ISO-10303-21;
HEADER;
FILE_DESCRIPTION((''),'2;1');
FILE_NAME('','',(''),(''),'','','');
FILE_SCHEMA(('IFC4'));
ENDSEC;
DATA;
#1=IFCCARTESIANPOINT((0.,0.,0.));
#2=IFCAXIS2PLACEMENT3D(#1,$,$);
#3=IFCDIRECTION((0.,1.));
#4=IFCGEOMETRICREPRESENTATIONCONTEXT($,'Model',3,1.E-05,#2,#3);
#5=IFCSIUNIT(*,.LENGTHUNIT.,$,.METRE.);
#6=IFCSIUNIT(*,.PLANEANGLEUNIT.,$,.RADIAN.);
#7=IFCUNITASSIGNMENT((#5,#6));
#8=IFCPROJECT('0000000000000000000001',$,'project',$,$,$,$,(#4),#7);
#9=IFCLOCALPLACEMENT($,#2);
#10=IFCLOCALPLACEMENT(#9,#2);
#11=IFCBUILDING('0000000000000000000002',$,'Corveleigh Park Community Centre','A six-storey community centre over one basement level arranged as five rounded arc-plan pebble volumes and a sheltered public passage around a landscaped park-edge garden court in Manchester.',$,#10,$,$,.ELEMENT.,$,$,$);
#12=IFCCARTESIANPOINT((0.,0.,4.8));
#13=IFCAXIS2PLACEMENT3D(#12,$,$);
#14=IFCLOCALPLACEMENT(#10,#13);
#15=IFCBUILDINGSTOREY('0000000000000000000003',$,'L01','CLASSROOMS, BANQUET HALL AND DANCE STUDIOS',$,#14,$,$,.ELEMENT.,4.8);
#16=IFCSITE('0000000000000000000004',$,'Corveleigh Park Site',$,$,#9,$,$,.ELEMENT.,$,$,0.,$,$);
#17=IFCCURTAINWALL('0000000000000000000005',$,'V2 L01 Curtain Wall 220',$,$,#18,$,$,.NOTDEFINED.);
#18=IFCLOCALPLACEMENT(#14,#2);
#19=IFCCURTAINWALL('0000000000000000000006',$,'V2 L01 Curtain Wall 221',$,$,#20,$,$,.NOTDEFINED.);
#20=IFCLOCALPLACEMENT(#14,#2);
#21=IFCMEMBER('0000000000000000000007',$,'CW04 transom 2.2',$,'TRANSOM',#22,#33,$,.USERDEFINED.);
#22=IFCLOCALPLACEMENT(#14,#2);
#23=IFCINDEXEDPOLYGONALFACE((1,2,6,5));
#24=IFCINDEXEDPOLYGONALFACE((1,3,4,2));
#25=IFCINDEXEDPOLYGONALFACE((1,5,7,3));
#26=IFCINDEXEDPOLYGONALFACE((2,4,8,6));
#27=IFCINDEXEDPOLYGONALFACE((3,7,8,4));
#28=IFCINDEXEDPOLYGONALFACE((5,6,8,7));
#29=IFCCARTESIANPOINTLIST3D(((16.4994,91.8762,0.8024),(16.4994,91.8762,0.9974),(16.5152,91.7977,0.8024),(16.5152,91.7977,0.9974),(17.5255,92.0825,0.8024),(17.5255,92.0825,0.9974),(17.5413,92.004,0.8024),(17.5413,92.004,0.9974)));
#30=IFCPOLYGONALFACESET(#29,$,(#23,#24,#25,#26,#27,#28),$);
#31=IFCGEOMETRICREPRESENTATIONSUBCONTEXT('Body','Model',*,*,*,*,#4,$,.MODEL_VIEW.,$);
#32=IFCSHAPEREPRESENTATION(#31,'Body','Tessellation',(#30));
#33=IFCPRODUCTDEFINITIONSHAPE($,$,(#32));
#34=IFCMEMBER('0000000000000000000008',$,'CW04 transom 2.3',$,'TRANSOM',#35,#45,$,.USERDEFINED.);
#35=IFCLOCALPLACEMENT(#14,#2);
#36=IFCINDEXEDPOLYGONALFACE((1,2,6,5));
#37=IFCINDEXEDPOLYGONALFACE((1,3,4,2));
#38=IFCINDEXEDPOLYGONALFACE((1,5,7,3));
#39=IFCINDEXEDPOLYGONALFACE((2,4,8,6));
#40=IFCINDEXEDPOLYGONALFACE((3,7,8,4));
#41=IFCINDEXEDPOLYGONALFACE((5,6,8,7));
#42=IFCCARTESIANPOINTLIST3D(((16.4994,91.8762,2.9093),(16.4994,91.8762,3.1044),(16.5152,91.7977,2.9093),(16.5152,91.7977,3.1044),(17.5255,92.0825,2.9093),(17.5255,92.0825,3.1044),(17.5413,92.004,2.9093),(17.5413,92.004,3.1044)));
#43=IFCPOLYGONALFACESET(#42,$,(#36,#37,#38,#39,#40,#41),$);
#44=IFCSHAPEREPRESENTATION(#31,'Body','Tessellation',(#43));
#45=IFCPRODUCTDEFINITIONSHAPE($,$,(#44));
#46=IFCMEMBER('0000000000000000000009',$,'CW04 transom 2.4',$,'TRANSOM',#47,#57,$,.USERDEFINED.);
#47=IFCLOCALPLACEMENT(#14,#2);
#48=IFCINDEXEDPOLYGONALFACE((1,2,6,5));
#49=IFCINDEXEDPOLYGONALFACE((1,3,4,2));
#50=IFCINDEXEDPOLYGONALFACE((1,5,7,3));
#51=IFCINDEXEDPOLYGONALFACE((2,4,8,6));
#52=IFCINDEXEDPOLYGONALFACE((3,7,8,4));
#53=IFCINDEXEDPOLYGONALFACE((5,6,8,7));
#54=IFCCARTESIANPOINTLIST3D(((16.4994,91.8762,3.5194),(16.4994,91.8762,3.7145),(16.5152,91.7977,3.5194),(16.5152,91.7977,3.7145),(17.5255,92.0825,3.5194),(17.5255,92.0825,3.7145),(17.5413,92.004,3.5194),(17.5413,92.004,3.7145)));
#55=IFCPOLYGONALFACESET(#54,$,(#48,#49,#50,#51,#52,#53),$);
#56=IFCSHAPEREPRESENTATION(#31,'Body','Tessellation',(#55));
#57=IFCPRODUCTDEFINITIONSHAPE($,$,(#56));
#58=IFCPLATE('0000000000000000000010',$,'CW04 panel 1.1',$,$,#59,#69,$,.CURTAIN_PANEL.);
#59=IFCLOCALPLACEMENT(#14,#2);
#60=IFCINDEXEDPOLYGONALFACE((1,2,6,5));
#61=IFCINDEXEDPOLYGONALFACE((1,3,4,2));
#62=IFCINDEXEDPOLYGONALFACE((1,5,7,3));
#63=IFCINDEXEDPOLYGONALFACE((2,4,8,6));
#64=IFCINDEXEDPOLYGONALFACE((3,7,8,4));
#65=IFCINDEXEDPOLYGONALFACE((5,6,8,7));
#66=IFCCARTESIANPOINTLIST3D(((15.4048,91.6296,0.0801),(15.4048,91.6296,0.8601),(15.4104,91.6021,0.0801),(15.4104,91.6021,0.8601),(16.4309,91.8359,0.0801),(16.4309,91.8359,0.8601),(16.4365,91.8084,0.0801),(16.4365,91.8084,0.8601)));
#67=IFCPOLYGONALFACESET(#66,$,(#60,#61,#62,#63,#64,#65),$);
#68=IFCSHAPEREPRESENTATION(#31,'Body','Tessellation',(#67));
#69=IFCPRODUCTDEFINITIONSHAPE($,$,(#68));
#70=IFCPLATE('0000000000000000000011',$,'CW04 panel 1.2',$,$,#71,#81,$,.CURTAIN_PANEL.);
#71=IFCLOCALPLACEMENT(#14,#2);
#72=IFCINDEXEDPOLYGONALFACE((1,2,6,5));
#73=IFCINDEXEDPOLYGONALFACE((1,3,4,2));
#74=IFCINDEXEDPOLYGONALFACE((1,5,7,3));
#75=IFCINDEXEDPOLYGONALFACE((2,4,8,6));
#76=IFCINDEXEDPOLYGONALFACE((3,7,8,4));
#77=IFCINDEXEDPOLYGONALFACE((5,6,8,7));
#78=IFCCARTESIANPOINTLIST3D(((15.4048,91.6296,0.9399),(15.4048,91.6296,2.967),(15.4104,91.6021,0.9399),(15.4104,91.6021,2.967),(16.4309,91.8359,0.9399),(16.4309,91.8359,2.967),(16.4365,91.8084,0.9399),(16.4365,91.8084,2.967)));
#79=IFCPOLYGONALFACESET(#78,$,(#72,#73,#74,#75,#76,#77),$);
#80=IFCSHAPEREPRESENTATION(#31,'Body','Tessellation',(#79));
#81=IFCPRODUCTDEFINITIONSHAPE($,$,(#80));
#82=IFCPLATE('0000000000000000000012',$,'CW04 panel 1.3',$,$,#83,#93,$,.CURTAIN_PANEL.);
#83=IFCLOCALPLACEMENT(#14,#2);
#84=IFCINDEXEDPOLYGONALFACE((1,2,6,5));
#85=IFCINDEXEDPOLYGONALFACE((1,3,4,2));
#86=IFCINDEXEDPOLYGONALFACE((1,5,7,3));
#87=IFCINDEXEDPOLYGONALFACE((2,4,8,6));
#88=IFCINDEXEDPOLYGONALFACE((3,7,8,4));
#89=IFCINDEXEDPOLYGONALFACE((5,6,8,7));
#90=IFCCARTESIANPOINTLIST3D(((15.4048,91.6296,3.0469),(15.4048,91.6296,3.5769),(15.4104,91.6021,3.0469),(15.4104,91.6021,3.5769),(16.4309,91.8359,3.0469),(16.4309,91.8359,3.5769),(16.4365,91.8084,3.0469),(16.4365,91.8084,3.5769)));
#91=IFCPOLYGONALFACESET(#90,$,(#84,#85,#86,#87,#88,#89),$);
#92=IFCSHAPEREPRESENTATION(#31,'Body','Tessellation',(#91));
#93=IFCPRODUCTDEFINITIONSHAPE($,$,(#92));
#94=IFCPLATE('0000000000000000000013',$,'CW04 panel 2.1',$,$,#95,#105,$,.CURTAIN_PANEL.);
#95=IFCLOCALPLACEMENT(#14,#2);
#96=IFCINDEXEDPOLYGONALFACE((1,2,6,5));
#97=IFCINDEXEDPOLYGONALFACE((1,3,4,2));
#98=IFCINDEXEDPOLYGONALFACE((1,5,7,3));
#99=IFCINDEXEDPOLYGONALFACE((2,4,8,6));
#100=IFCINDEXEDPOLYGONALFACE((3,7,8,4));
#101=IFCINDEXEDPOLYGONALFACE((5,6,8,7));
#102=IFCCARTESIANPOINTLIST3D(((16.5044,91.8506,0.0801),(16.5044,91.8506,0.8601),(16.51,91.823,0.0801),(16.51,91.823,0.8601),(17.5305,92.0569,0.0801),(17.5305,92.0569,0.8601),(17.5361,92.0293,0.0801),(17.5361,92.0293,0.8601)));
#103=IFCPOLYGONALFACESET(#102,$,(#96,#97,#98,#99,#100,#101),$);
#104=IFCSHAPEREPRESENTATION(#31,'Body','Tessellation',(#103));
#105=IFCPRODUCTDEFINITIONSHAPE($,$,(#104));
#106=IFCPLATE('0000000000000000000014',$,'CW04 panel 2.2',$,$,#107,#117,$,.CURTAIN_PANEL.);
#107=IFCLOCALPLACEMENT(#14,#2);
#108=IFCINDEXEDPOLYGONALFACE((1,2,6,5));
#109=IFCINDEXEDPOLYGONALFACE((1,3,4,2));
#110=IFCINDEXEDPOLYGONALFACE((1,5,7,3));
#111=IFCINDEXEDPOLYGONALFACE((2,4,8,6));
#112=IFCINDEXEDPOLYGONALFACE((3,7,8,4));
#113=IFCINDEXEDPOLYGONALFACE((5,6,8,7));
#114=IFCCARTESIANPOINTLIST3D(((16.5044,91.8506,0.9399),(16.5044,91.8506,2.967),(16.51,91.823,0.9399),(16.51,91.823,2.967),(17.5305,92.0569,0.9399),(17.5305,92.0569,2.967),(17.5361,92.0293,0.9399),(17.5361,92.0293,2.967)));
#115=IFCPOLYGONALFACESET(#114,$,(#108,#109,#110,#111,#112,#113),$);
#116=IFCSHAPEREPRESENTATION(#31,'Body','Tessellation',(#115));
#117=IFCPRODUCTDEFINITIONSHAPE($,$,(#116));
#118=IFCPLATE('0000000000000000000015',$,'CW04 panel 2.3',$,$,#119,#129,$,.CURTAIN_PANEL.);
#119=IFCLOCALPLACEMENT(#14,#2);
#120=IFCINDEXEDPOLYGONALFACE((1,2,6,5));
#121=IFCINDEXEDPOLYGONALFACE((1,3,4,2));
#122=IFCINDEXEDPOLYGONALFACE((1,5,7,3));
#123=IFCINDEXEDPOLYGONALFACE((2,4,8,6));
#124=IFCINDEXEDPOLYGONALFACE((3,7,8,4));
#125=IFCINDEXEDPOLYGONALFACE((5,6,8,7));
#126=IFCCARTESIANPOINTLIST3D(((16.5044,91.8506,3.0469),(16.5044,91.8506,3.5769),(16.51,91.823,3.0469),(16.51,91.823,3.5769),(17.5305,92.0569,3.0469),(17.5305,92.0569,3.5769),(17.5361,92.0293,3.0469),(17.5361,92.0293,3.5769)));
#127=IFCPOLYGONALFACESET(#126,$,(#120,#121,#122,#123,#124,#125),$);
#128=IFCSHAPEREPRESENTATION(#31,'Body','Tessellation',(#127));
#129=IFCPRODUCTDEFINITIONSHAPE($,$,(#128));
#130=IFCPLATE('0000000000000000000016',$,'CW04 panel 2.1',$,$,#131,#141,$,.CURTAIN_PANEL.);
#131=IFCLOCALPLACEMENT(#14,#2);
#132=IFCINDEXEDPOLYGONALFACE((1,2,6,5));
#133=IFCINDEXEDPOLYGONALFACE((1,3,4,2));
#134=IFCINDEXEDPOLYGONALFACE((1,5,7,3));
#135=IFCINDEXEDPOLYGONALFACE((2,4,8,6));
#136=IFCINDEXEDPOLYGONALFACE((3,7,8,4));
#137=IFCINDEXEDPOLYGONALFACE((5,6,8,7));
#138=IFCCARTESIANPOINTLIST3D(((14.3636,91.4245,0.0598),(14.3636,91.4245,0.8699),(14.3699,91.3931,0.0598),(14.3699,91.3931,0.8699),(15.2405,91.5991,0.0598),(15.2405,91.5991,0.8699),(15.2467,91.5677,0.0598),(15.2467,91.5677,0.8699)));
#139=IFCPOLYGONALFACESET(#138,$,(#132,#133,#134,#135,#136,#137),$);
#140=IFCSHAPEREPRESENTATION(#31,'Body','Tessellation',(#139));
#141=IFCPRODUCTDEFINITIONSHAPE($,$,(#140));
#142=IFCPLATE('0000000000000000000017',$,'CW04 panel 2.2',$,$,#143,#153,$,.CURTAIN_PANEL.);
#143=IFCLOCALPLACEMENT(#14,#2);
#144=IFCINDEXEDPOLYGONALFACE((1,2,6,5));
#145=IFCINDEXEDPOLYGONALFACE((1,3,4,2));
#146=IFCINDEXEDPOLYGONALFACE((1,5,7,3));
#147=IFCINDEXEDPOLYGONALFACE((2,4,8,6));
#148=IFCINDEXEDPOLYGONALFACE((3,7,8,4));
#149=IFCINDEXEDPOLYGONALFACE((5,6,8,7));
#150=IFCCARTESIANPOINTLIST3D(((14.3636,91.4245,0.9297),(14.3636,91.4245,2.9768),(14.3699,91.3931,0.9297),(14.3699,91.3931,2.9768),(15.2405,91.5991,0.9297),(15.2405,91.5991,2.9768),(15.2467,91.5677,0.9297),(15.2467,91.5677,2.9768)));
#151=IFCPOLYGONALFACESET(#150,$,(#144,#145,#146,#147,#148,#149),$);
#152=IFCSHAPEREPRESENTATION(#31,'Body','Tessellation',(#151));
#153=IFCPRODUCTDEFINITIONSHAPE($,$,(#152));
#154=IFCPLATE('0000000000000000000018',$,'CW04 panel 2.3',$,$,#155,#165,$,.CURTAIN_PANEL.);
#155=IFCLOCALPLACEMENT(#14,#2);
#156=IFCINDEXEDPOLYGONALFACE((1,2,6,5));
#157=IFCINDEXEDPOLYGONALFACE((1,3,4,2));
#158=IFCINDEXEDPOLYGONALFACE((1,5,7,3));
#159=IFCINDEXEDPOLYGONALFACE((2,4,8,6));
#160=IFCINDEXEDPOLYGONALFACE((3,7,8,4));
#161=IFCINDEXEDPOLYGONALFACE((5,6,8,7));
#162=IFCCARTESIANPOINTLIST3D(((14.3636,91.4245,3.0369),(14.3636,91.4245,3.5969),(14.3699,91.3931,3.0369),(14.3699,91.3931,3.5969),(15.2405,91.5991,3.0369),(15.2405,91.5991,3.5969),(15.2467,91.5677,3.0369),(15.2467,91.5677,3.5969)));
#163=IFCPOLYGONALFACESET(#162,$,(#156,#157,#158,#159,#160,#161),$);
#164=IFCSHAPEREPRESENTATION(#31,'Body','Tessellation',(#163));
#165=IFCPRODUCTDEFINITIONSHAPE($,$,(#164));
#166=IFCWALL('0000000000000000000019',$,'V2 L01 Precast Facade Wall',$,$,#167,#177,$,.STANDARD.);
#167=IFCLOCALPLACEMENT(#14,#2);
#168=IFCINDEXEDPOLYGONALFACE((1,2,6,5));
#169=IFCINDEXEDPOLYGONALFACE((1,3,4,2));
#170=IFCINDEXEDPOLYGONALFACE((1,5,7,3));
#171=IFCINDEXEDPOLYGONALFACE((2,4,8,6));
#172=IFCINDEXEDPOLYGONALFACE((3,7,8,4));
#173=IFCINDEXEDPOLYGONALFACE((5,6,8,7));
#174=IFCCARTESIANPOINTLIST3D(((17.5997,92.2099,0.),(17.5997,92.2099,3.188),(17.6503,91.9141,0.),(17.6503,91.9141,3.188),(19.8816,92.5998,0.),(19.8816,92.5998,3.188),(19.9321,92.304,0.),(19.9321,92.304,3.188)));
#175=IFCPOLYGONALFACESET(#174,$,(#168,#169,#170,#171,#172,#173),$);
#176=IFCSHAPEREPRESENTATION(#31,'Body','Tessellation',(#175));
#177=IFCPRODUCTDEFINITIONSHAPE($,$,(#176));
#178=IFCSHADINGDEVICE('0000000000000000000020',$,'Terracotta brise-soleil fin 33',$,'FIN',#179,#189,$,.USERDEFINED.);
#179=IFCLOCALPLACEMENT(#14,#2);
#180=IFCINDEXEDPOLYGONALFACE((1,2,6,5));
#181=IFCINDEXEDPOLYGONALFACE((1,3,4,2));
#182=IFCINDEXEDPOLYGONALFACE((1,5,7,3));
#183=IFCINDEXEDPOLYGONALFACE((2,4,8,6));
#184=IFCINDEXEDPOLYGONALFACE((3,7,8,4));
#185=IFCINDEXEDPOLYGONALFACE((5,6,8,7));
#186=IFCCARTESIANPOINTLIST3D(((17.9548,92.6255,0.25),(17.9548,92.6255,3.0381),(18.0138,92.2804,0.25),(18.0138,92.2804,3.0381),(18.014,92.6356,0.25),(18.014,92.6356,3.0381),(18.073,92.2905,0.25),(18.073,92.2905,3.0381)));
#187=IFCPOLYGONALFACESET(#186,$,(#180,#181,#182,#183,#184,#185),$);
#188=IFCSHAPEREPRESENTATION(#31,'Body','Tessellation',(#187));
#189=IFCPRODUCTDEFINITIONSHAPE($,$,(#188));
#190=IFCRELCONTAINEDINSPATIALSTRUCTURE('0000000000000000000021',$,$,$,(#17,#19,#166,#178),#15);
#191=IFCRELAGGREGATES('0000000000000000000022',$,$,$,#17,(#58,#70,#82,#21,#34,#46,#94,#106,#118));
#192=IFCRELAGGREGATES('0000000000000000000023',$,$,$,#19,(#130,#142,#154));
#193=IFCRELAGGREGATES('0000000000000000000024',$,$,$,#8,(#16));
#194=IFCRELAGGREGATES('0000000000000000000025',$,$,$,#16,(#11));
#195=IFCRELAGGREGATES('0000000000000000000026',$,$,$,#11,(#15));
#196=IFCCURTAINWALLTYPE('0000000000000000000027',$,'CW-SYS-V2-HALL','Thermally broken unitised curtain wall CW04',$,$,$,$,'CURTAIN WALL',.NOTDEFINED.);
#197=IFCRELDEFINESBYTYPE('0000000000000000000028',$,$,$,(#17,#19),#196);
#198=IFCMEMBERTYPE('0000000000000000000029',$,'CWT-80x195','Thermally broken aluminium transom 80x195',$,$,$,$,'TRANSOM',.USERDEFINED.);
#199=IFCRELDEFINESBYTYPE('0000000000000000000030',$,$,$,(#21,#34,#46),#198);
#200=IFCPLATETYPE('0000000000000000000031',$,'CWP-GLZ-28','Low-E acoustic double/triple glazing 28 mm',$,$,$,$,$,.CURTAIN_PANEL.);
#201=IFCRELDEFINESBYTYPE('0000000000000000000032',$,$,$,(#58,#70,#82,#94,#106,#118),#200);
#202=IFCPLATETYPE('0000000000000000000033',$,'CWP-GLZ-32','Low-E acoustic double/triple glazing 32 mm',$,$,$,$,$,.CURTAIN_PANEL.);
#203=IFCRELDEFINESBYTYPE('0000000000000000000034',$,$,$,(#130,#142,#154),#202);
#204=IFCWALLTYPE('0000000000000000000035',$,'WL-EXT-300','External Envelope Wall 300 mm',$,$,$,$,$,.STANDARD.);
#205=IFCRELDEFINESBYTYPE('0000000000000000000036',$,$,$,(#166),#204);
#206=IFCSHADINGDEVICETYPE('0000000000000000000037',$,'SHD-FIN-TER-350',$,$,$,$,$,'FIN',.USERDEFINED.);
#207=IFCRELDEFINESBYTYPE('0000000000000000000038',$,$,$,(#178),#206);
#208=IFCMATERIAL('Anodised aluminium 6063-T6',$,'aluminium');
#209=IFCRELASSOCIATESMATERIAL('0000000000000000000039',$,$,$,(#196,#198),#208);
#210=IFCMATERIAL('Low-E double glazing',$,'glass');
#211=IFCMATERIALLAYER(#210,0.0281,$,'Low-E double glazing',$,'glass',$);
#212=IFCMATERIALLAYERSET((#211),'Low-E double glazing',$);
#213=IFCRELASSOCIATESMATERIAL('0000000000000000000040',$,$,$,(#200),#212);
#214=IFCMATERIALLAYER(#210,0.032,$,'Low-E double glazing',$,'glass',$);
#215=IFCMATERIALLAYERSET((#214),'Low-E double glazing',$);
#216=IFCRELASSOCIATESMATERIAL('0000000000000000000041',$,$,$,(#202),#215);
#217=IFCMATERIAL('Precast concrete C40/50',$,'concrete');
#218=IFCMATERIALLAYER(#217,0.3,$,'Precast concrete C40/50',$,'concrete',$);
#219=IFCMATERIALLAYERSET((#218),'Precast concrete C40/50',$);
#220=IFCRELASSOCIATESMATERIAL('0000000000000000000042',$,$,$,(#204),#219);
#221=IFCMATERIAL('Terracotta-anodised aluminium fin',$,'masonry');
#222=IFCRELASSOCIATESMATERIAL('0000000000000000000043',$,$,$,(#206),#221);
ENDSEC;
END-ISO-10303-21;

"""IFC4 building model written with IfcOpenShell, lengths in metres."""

from ifc_helpers import new_model, si_unit, direction, frame, frame_2d, origin, origin_2d, place, context, subcontext, project, spatial, rectangle, extrude, material, layer, layer_set, material_profile, profile_set, type_object, element, aggregate, save


model = new_model("IFC4")

# Units and contexts
model_context = context("Model", 3, precision=1e-05, world=origin(), true_north=direction((0.0, 1.0)))
body_context = subcontext(model_context, "Body", "Model", "MODEL_VIEW")
ifc_project = project(units=[si_unit("LENGTHUNIT", "METRE"), si_unit("PLANEANGLEUNIT", "RADIAN")], contexts=[model_context])

# Site, building, storey
site_placement = place(None, origin())
site = spatial("IfcSite", under=ifc_project, at=site_placement, Name="Corveleigh Park Site", CompositionType="ELEMENT", RefElevation=0.0)
building_placement = place(site_placement, origin())
building = spatial("IfcBuilding", under=site, at=building_placement, Name="Corveleigh Park Community Centre", Description="A six-storey community centre over one basement level arranged as five rounded arc-plan pebble volumes and a sheltered public passage around a landscaped park-edge garden court in Manchester.", CompositionType="ELEMENT")
storey_placement = place(building_placement, frame((0.0, 0.0, 4.8)))
storey = spatial("IfcBuildingStorey", under=building, at=storey_placement, Name="L01", Description="CLASSROOMS, BANQUET HALL AND DANCE STUDIOS", CompositionType="ELEMENT", Elevation=4.8)

# Curtain walls
ifc_material_1 = material(Name="Anodised aluminium 6063-T6", Category="aluminium")
curtain_wall_type = type_object("IfcCurtainWallType", Name="CW-SYS-V2-HALL", Description="Thermally broken unitised curtain wall CW04", ElementType="CURTAIN WALL", PredefinedType="NOTDEFINED", material=ifc_material_1)
curtain_wall_1_placement = place(storey_placement, origin())
curtain_wall_1 = element("IfcCurtainWall", 1, at=curtain_wall_1_placement, inside=storey, type_object=curtain_wall_type, Name="V2 L01 Curtain Wall 220", PredefinedType="NOTDEFINED")
curtain_wall_2_placement = place(storey_placement, origin())
curtain_wall_2 = element("IfcCurtainWall", 2, at=curtain_wall_2_placement, inside=storey, type_object=curtain_wall_type, Name="V2 L01 Curtain Wall 221", PredefinedType="NOTDEFINED")

# Members
ifc_material_profile_1 = material_profile(ifc_material_1, rectangle(XDim=0.0801, YDim=0.1951, at=origin_2d()), Name="ALU-T80x195", Category="aluminium")
ifc_profile_set_1 = profile_set([ifc_material_profile_1], Name="Anodised aluminium 6063-T6")
member_type_1 = type_object("IfcMemberType", Name="CWT-80x195", Description="Thermally broken aluminium transom 80x195", ElementType="TRANSOM", PredefinedType="USERDEFINED", material=ifc_profile_set_1)
member_1_placement = place(storey_placement, frame((16.5073, 91.8369, 0.8999), z_axis=(0.980383, 0.197103, 0.0), x_axis=(-0.197103, 0.980383, 0.0)))
member_1 = element("IfcMember", 3, at=member_1_placement, type_object=member_type_1, Name="CW04 transom 2.2", ObjectType="TRANSOM", PredefinedType="USERDEFINED", context=body_context, shape_type="SweptSolid", body=[
    extrude(rectangle(XDim=0.0801, YDim=0.1951, at=origin_2d()), origin(), (0.0, 0.0, 1.0), 1.0466),
])
member_2_placement = place(storey_placement, frame((16.5073, 91.8369, 3.0068), z_axis=(0.980383, 0.197103, 0.0), x_axis=(-0.197103, 0.980383, 0.0)))
member_2 = element("IfcMember", 4, at=member_2_placement, type_object=member_type_1, Name="CW04 transom 2.3", ObjectType="TRANSOM", PredefinedType="USERDEFINED", context=body_context, shape_type="SweptSolid", body=[
    extrude(rectangle(XDim=0.0801, YDim=0.1951, at=origin_2d()), origin(), (0.0, 0.0, 1.0), 1.0466),
])
member_3_placement = place(storey_placement, frame((16.5073, 91.8369, 3.6169), z_axis=(0.980383, 0.197103, 0.0), x_axis=(-0.197103, 0.980383, 0.0)))
member_3 = element("IfcMember", 5, at=member_3_placement, type_object=member_type_1, Name="CW04 transom 2.4", ObjectType="TRANSOM", PredefinedType="USERDEFINED", context=body_context, shape_type="SweptSolid", body=[
    extrude(rectangle(XDim=0.0801, YDim=0.1951, at=origin_2d()), origin(), (0.0, 0.0, 1.0), 1.0466),
])

# Plates
ifc_material_2 = material(Name="Low-E double glazing", Category="glass")
ifc_layer_1 = layer(ifc_material_2, 0.0281, Name="Low-E double glazing", Category="glass")
ifc_layer_set_1 = layer_set([ifc_layer_1], Name="Low-E double glazing")
plate_type_1 = type_object("IfcPlateType", Name="CWP-GLZ-28", Description="Low-E acoustic double/triple glazing 28 mm", PredefinedType="CURTAIN_PANEL", material=ifc_layer_set_1)
plate_1_placement = place(storey_placement, frame((15.9207, 91.719, 0.0801), z_axis=(0.0, 0.0, 1.0), x_axis=(0.980381, 0.197111, 0.0)))
plate_1 = element("IfcPlate", 6, at=plate_1_placement, type_object=plate_type_1, Name="CW04 panel 1.1", PredefinedType="CURTAIN_PANEL", context=body_context, shape_type="SweptSolid", body=[
    extrude(rectangle(XDim=1.0466, YDim=0.0281, at=origin_2d()), origin(), (0.0, 0.0, 1.0), 0.78),
])
plate_2_placement = place(storey_placement, frame((15.9207, 91.719, 0.9399), z_axis=(0.0, 0.0, 1.0), x_axis=(0.980381, 0.197111, 0.0)))
plate_2 = element("IfcPlate", 7, at=plate_2_placement, type_object=plate_type_1, Name="CW04 panel 1.2", PredefinedType="CURTAIN_PANEL", context=body_context, shape_type="SweptSolid", body=[
    extrude(rectangle(XDim=1.0466, YDim=0.0281, at=origin_2d()), origin(), (0.0, 0.0, 1.0), 2.0271),
])
plate_3_placement = place(storey_placement, frame((15.9207, 91.719, 3.0469), z_axis=(0.0, 0.0, 1.0), x_axis=(0.980381, 0.197111, 0.0)))
plate_3 = element("IfcPlate", 8, at=plate_3_placement, type_object=plate_type_1, Name="CW04 panel 1.3", PredefinedType="CURTAIN_PANEL", context=body_context, shape_type="SweptSolid", body=[
    extrude(rectangle(XDim=1.0466, YDim=0.0281, at=origin_2d()), origin(), (0.0, 0.0, 1.0), 0.53),
])
plate_4_placement = place(storey_placement, frame((17.0203, 91.9399, 0.0801), z_axis=(0.0, 0.0, 1.0), x_axis=(0.980381, 0.197111, 0.0)))
plate_4 = element("IfcPlate", 9, at=plate_4_placement, type_object=plate_type_1, Name="CW04 panel 2.1", PredefinedType="CURTAIN_PANEL", context=body_context, shape_type="SweptSolid", body=[
    extrude(rectangle(XDim=1.0466, YDim=0.0281, at=origin_2d()), origin(), (0.0, 0.0, 1.0), 0.78),
])
plate_5_placement = place(storey_placement, frame((17.0203, 91.9399, 0.9399), z_axis=(0.0, 0.0, 1.0), x_axis=(0.980381, 0.197111, 0.0)))
plate_5 = element("IfcPlate", 10, at=plate_5_placement, type_object=plate_type_1, Name="CW04 panel 2.2", PredefinedType="CURTAIN_PANEL", context=body_context, shape_type="SweptSolid", body=[
    extrude(rectangle(XDim=1.0466, YDim=0.0281, at=origin_2d()), origin(), (0.0, 0.0, 1.0), 2.0271),
])
plate_6_placement = place(storey_placement, frame((17.0203, 91.9399, 3.0469), z_axis=(0.0, 0.0, 1.0), x_axis=(0.980381, 0.197111, 0.0)))
plate_6 = element("IfcPlate", 11, at=plate_6_placement, type_object=plate_type_1, Name="CW04 panel 2.3", PredefinedType="CURTAIN_PANEL", context=body_context, shape_type="SweptSolid", body=[
    extrude(rectangle(XDim=1.0466, YDim=0.0281, at=origin_2d()), origin(), (0.0, 0.0, 1.0), 0.53),
])
aggregate(curtain_wall_1, [plate_1, plate_2, plate_3, member_1, member_2, member_3, plate_4, plate_5, plate_6])
ifc_layer_2 = layer(ifc_material_2, 0.032, Name="Low-E double glazing", Category="glass")
ifc_layer_set_2 = layer_set([ifc_layer_2], Name="Low-E double glazing")
plate_type_2 = type_object("IfcPlateType", Name="CWP-GLZ-32", Description="Low-E acoustic double/triple glazing 32 mm", PredefinedType="CURTAIN_PANEL", material=ifc_layer_set_2)
plate_7_placement = place(storey_placement, frame((14.8052, 91.4961, 0.0598), z_axis=(0.0, 0.0, 1.0), x_axis=(0.980751, 0.195263, 0.0)))
plate_7 = element("IfcPlate", 12, at=plate_7_placement, type_object=plate_type_2, Name="CW04 panel 2.1", PredefinedType="CURTAIN_PANEL", context=body_context, shape_type="SweptSolid", body=[
    extrude(rectangle(XDim=0.894, YDim=0.032, at=origin_2d()), origin(), (0.0, 0.0, 1.0), 0.8101),
])
plate_8_placement = place(storey_placement, frame((14.8052, 91.4961, 0.9297), z_axis=(0.0, 0.0, 1.0), x_axis=(0.980751, 0.195263, 0.0)))
plate_8 = element("IfcPlate", 13, at=plate_8_placement, type_object=plate_type_2, Name="CW04 panel 2.2", PredefinedType="CURTAIN_PANEL", context=body_context, shape_type="SweptSolid", body=[
    extrude(rectangle(XDim=0.894, YDim=0.032, at=origin_2d()), origin(), (0.0, 0.0, 1.0), 2.0471),
])
plate_9_placement = place(storey_placement, frame((14.8052, 91.4961, 3.0369), z_axis=(0.0, 0.0, 1.0), x_axis=(0.980751, 0.195263, 0.0)))
plate_9 = element("IfcPlate", 14, at=plate_9_placement, type_object=plate_type_2, Name="CW04 panel 2.3", PredefinedType="CURTAIN_PANEL", context=body_context, shape_type="SweptSolid", body=[
    extrude(rectangle(XDim=0.894, YDim=0.032, at=origin_2d()), origin(), (0.0, 0.0, 1.0), 0.5601),
])
aggregate(curtain_wall_2, [plate_7, plate_8, plate_9])

# Wall
ifc_material_3 = material(Name="Precast concrete C40/50", Category="concrete")
ifc_layer_3 = layer(ifc_material_3, 0.3, Name="Precast concrete C40/50", Category="concrete")
ifc_layer_set_3 = layer_set([ifc_layer_3], Name="Precast concrete C40/50")
wall_type = type_object("IfcWallType", Name="WL-EXT-300", Description="External Envelope Wall 300 mm", PredefinedType="STANDARD", material=ifc_layer_set_3)
wall_placement = place(storey_placement, frame((17.625, 92.062, 0.0), z_axis=(0.0, 0.0, 1.0), x_axis=(0.985716, 0.168416, 0.0)))
element("IfcWall", 15, at=wall_placement, inside=storey, type_object=wall_type, Name="V2 L01 Precast Facade Wall", PredefinedType="STANDARD", context=body_context, shape_type="SweptSolid", body=[
    extrude(rectangle(XDim=2.3149, YDim=0.3, at=frame_2d((1.1575, 0.0))), origin(), (0.0, 0.0, 1.0), 3.188),
])

# Shading device
ifc_material_4 = material(Name="Terracotta-anodised aluminium fin", Category="masonry")
shading_device_type = type_object("IfcShadingDeviceType", Name="SHD-FIN-TER-350", ElementType="FIN", PredefinedType="USERDEFINED", material=ifc_material_4)
shading_device_placement = place(storey_placement, frame((18.0139, 92.458, 0.25), z_axis=(0.0, 0.0, 1.0), x_axis=(-0.16846, 0.985708, 0.0)))
element("IfcShadingDevice", 16, at=shading_device_placement, inside=storey, type_object=shading_device_type, Name="Terracotta brise-soleil fin 33", ObjectType="FIN", PredefinedType="USERDEFINED", context=body_context, shape_type="SweptSolid", body=[
    extrude(rectangle(XDim=0.3501, YDim=0.0601, at=origin_2d()), origin(), (0.0, 0.0, 1.0), 2.7881),
])

save(model, "model.ifc")
